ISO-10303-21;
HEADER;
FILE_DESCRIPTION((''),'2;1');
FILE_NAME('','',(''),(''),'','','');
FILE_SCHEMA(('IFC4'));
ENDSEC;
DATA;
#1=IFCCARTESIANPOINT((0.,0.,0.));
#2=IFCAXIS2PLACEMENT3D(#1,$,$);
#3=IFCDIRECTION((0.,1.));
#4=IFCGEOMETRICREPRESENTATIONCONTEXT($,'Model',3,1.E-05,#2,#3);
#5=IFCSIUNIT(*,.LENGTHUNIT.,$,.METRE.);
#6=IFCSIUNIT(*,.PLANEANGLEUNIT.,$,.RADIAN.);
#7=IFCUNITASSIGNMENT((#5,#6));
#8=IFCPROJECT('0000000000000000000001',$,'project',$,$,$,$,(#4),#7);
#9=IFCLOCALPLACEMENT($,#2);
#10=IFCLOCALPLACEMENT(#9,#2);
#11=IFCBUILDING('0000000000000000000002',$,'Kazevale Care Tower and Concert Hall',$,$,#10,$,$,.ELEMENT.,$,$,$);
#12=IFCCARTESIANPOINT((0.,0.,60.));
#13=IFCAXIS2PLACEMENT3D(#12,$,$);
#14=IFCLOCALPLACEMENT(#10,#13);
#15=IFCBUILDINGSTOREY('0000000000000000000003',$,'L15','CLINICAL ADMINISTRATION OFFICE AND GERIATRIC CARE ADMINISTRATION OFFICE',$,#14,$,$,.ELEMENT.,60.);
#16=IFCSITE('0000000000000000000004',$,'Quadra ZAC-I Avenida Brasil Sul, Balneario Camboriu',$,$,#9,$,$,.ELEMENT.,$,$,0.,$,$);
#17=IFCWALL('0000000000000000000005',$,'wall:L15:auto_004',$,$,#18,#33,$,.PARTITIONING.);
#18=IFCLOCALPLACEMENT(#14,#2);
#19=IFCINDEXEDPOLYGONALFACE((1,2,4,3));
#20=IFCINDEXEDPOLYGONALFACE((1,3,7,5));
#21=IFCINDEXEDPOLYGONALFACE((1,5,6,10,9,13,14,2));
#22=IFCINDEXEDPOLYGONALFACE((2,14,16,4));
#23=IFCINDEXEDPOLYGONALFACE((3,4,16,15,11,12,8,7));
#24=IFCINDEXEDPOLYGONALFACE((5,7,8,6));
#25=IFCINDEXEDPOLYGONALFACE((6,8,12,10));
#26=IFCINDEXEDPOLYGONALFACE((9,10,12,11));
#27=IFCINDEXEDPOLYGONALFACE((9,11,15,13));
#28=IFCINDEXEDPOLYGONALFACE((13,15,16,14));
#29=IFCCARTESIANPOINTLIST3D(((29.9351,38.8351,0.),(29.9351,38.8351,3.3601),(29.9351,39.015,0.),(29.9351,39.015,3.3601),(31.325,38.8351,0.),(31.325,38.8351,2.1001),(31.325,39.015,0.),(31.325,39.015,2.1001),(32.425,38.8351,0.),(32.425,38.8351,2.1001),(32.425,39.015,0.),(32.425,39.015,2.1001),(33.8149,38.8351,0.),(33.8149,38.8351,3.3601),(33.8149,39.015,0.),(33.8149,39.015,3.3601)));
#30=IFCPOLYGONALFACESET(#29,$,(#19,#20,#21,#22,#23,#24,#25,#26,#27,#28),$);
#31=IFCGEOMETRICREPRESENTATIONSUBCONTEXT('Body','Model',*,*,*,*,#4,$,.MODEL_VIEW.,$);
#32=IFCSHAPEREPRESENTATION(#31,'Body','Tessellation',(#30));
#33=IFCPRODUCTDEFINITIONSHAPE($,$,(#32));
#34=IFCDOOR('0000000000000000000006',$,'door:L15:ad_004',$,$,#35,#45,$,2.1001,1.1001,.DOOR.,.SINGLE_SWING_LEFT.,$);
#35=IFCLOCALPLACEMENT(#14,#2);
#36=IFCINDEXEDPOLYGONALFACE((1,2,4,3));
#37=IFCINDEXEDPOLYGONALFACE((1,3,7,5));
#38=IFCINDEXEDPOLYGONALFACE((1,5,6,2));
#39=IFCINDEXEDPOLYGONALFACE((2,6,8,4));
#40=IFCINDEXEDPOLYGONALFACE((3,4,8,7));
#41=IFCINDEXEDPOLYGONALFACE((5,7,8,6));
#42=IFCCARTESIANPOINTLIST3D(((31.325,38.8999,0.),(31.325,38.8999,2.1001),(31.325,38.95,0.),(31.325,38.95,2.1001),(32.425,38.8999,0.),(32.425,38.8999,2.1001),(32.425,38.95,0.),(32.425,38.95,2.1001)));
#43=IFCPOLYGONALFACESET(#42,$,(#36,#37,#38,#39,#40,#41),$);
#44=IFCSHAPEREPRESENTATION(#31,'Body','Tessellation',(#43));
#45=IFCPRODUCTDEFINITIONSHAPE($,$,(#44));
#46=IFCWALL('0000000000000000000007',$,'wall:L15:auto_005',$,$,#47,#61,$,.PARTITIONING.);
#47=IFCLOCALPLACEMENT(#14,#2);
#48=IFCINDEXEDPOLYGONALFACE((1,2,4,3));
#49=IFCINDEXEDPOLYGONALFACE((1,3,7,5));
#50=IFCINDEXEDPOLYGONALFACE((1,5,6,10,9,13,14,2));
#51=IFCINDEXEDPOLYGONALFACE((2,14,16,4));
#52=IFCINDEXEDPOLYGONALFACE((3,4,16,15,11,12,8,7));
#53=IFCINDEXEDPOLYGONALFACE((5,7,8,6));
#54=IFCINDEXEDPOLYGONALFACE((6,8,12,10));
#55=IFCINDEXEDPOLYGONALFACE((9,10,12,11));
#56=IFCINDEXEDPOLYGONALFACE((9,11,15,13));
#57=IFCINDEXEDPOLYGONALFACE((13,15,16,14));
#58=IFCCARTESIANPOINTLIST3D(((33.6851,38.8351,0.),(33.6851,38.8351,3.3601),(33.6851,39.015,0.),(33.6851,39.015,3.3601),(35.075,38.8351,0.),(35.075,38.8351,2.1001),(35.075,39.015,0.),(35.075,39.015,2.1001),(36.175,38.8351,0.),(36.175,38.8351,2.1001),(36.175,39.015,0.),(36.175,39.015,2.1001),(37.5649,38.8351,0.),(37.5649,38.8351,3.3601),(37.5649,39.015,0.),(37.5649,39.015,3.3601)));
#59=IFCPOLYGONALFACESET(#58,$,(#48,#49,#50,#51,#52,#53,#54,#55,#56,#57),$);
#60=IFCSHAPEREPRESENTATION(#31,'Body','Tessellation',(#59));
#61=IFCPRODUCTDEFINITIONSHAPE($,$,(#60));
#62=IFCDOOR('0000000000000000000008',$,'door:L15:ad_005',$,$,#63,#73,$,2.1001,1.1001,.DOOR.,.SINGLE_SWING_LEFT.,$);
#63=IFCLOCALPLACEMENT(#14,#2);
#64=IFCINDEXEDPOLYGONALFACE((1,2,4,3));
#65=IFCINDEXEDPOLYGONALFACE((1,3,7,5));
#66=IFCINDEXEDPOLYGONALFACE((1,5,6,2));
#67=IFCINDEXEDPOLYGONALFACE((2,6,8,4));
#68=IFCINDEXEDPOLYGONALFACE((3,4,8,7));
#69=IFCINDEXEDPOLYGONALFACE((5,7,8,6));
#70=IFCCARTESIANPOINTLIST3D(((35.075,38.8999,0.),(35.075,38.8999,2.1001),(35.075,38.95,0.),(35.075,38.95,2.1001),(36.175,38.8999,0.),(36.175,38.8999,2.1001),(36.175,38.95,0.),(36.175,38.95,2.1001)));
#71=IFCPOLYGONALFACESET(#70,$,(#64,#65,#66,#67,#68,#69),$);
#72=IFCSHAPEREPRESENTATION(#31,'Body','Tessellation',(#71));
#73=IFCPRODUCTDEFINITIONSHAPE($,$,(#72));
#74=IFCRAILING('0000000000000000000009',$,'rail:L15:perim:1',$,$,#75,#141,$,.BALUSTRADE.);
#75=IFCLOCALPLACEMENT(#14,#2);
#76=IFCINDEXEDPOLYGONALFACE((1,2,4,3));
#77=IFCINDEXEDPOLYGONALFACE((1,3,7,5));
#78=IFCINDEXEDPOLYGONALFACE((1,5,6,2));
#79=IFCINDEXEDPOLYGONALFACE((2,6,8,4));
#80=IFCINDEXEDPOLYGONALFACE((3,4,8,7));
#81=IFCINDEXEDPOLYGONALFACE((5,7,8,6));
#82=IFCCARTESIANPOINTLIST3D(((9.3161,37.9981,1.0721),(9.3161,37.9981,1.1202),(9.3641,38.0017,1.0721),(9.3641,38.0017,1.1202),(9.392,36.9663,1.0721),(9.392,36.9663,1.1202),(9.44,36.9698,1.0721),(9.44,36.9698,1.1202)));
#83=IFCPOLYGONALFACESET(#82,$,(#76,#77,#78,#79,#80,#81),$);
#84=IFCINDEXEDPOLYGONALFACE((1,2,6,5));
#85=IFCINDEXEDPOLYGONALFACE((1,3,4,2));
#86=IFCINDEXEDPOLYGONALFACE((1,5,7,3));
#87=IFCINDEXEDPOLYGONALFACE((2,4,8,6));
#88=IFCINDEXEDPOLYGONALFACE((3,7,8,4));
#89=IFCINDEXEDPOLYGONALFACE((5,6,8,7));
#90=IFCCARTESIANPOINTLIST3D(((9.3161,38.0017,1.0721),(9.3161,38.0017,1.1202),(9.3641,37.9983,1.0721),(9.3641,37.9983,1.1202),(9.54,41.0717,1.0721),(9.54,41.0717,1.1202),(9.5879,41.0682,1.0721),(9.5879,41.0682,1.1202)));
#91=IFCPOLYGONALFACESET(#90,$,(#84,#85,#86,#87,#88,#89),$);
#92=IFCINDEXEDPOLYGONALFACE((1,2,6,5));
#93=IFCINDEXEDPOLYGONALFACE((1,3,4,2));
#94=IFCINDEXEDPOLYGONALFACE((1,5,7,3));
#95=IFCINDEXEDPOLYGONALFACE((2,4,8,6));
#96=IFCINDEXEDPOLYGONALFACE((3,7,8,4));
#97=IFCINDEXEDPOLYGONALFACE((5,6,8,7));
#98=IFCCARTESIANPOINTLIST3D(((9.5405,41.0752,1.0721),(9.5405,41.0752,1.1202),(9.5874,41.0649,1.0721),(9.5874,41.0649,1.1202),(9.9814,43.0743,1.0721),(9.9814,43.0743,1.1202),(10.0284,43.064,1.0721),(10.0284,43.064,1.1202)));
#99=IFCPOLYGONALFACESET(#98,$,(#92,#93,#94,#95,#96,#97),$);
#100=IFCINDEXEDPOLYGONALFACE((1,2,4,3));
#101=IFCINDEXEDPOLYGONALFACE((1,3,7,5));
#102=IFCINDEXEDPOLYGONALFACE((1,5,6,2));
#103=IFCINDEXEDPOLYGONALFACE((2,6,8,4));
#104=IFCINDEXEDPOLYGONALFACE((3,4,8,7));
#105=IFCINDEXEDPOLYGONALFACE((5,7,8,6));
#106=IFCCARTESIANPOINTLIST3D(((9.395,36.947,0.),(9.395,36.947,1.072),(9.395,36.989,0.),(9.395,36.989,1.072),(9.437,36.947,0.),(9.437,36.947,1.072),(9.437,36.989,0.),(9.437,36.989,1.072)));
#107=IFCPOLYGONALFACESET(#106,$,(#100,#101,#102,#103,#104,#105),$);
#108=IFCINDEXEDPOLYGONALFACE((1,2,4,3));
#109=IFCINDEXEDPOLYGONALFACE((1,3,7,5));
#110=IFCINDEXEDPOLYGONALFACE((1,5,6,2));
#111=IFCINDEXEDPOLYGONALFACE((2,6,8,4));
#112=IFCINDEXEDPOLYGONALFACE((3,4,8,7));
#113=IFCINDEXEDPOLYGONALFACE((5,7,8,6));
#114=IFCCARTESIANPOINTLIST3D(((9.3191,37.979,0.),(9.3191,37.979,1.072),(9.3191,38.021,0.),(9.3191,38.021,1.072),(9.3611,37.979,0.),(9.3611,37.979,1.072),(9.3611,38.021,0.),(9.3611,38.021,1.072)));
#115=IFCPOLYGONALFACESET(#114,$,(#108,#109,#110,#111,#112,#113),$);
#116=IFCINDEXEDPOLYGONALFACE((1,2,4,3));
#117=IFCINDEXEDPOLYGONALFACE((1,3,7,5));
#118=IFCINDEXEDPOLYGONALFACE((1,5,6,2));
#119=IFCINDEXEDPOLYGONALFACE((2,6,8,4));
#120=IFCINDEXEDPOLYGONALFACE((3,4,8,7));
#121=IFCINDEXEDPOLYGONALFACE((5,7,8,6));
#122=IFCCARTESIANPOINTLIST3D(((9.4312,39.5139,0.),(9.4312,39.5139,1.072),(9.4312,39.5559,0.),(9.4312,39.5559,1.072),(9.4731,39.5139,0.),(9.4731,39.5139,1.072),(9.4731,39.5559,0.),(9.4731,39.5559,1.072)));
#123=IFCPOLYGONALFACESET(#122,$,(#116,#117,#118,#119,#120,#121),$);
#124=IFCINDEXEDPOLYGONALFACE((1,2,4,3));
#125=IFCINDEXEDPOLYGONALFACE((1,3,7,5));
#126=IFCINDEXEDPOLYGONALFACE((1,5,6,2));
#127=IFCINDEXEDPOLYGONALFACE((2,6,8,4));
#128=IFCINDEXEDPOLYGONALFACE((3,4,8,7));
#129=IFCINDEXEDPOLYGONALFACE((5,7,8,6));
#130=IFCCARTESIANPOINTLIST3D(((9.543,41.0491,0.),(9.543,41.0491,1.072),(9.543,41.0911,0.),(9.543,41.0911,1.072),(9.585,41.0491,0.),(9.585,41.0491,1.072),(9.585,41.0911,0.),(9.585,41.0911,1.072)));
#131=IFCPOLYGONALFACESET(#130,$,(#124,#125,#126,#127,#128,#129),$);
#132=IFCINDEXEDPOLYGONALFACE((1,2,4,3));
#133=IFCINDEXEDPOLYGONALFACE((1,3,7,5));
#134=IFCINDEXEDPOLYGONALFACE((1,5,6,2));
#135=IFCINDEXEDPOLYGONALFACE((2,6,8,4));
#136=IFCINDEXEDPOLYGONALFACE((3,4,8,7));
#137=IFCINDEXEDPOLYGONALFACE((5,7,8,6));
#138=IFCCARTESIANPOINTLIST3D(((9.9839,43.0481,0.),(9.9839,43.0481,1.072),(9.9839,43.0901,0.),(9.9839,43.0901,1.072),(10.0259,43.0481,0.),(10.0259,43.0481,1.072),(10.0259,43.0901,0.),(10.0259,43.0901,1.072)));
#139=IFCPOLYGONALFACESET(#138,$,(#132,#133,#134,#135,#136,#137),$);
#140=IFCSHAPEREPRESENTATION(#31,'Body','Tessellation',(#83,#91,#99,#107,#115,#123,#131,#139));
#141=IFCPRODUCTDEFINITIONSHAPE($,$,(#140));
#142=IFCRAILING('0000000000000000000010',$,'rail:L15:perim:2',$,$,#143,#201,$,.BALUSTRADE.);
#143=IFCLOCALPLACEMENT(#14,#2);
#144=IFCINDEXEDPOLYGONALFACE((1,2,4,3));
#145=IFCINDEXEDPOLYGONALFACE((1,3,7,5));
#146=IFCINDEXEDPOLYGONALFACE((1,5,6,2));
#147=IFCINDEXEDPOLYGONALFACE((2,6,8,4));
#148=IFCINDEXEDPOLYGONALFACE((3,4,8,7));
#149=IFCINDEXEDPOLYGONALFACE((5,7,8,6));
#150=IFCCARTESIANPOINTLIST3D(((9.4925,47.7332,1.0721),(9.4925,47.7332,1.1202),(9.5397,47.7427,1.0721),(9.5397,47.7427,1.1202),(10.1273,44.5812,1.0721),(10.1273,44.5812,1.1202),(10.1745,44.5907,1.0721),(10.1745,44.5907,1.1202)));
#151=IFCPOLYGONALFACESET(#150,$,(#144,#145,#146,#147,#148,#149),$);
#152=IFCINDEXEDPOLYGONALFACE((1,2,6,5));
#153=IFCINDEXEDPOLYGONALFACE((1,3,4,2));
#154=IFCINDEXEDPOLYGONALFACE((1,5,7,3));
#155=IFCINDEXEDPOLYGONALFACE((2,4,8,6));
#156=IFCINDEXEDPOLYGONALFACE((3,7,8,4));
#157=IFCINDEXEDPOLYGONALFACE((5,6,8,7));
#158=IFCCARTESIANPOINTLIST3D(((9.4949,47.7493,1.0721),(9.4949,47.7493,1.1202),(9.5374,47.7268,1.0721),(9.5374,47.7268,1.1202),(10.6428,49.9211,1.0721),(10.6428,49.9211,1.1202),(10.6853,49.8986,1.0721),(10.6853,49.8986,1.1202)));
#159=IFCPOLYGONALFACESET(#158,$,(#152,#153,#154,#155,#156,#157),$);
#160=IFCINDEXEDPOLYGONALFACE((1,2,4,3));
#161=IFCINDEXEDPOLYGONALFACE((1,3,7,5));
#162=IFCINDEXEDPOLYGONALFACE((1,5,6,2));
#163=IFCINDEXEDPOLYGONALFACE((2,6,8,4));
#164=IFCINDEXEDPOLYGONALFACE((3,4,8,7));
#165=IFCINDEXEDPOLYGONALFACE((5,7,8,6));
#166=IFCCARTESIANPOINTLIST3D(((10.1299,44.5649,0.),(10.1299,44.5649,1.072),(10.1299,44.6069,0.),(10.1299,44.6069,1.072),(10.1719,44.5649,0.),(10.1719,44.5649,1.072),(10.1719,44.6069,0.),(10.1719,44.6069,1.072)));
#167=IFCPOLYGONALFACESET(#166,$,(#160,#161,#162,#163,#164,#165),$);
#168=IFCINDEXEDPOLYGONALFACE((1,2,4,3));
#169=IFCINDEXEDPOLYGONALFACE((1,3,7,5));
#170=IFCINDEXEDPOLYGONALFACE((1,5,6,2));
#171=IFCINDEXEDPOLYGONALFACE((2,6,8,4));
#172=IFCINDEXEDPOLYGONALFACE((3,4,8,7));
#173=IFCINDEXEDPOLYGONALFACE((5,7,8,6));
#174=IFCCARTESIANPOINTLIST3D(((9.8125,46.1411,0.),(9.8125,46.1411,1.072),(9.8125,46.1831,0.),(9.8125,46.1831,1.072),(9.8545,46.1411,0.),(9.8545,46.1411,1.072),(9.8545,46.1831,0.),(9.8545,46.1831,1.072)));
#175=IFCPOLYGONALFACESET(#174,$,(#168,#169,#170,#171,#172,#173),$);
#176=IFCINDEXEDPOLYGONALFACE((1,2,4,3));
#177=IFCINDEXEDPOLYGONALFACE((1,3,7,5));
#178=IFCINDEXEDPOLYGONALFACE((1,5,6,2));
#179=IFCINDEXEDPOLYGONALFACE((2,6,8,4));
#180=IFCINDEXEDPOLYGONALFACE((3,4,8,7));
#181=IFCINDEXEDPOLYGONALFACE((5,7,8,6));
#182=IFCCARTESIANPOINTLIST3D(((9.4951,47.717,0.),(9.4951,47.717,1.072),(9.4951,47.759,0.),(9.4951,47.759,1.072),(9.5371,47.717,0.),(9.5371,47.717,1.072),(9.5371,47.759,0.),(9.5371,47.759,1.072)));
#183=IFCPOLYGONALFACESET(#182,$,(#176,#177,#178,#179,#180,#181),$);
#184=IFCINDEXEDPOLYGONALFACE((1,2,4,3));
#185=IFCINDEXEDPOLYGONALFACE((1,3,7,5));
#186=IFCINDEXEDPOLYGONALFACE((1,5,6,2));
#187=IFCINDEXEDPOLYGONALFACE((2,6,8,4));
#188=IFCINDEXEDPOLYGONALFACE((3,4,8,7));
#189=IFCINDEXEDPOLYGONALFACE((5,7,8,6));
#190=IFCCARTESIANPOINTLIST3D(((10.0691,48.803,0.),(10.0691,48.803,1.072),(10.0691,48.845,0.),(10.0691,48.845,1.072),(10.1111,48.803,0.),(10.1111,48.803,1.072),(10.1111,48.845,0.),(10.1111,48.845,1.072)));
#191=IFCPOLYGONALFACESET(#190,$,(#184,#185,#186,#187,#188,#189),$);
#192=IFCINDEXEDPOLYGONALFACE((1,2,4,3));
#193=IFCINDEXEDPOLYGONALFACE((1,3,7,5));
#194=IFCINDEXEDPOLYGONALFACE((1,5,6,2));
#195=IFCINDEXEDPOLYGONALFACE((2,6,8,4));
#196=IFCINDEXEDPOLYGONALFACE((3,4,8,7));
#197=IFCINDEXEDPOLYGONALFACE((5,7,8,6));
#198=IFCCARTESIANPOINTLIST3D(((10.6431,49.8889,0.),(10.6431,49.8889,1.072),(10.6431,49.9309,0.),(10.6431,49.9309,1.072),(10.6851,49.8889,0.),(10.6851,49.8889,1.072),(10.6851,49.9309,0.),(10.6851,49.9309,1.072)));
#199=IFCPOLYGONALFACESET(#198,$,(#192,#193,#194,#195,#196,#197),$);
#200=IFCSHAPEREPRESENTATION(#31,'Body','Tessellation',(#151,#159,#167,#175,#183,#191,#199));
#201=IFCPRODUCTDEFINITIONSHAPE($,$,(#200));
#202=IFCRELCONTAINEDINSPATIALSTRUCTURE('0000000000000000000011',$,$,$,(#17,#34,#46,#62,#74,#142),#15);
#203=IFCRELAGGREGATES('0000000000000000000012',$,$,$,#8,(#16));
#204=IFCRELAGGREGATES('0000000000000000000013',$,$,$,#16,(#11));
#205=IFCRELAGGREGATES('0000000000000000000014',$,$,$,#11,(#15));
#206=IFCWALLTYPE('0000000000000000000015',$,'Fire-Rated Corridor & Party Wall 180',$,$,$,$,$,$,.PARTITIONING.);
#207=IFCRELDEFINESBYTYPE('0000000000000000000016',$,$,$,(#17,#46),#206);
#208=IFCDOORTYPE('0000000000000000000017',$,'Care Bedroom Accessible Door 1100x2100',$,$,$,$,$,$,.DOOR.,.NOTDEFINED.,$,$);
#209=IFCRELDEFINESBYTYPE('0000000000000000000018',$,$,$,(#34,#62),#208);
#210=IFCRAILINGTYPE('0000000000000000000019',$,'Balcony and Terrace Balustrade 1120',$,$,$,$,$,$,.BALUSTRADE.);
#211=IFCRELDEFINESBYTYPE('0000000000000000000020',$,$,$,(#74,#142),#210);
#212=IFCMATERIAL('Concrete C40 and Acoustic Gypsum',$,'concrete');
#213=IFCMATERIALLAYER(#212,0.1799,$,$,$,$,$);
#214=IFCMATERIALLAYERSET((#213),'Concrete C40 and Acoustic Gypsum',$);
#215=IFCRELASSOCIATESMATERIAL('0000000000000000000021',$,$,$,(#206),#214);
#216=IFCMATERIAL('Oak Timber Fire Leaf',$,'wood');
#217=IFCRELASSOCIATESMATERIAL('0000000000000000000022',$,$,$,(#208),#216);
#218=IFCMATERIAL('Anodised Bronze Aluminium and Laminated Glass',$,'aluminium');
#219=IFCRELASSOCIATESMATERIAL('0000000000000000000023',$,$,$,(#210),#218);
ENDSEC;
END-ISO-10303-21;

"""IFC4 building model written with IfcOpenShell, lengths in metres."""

from ifc_helpers import new_model, si_unit, direction, frame, frame_2d, origin, origin_2d, place, context, subcontext, project, spatial, rectangle, extrude, material, layer, layer_set, type_object, element, fill, save


model = new_model("IFC4")

# Units and contexts
model_context = context("Model", 3, precision=1e-05, world=origin(), true_north=direction((0.0, 1.0)))
body_context = subcontext(model_context, "Body", "Model", "MODEL_VIEW")
ifc_project = project(units=[si_unit("LENGTHUNIT", "METRE"), si_unit("PLANEANGLEUNIT", "RADIAN")], contexts=[model_context])

# Site, building, storey
site_placement = place(None, origin())
site = spatial("IfcSite", under=ifc_project, at=site_placement, Name="Quadra ZAC-I Avenida Brasil Sul, Balneario Camboriu", CompositionType="ELEMENT", RefElevation=0.0)
building_placement = place(site_placement, origin())
building = spatial("IfcBuilding", under=site, at=building_placement, Name="Kazevale Care Tower and Concert Hall", CompositionType="ELEMENT")
storey_placement = place(building_placement, frame((0.0, 0.0, 60.0)))
storey = spatial("IfcBuildingStorey", under=building, at=storey_placement, Name="L15", Description="CLINICAL ADMINISTRATION OFFICE AND GERIATRIC CARE ADMINISTRATION OFFICE", CompositionType="ELEMENT", Elevation=60.0)

# Walls, openings, doors
ifc_material_1 = material(Name="Concrete C40 and Acoustic Gypsum", Category="concrete")
ifc_layer_1 = layer(ifc_material_1, 0.1799)
ifc_layer_set_1 = layer_set([ifc_layer_1], Name="Concrete C40 and Acoustic Gypsum")
wall_type = type_object("IfcWallType", Name="Fire-Rated Corridor & Party Wall 180", PredefinedType="PARTITIONING", material=ifc_layer_set_1)
ifc_material_2 = material(Name="Oak Timber Fire Leaf", Category="wood")
door_type = type_object("IfcDoorType", Name="Care Bedroom Accessible Door 1100x2100", OperationType="NOTDEFINED", PredefinedType="DOOR", material=ifc_material_2)
wall_1_placement = place(storey_placement, frame((29.9351, 38.925, 0.0), z_axis=(0.0, 0.0, 1.0), x_axis=(1.0, 0.0, 0.0)))
wall_1 = element("IfcWall", 1, at=wall_1_placement, inside=storey, type_object=wall_type, Name="wall:L15:auto_004", PredefinedType="PARTITIONING", context=body_context, shape_type="SweptSolid", body=[
    extrude(rectangle(XDim=3.8799, YDim=0.1799, at=frame_2d((1.9399, 0.0))), origin(), (0.0, 0.0, 1.0), 3.3601),
])
opening_1_placement = place(wall_1_placement, frame((1.3899, 0.0, 0.0)))
opening_1 = element("IfcOpeningElement", 2, at=opening_1_placement, cuts=wall_1, PredefinedType="OPENING", context=body_context, shape_type="SweptSolid", body=[
    extrude(rectangle(XDim=1.1001, YDim=2.1001, at=frame_2d((0.55, 1.05))), frame((0.0, 0.0999, 0.0), z_axis=(0.0, -1.0, 0.0), x_axis=(1.0, 0.0, 0.0)), (0.0, 0.0, 1.0), 0.2),
])
door_1_placement = place(opening_1_placement, origin())
door_1 = element("IfcDoor", 3, at=door_1_placement, inside=storey, type_object=door_type, Name="door:L15:ad_004", OperationType="SINGLE_SWING_LEFT", OverallHeight=2.1001, OverallWidth=1.1001, PredefinedType="DOOR", context=body_context, shape_type="SweptSolid", body=[
    extrude(rectangle(XDim=1.1001, YDim=2.1001, at=frame_2d((0.55, 1.05))), frame((0.0, 0.0249, 0.0), z_axis=(0.0, -1.0, 0.0), x_axis=(1.0, 0.0, 0.0)), (0.0, 0.0, 1.0), 0.05),
])
fill(opening_1, door_1)
wall_2_placement = place(storey_placement, frame((33.6851, 38.925, 0.0), z_axis=(0.0, 0.0, 1.0), x_axis=(1.0, 0.0, 0.0)))
wall_2 = element("IfcWall", 4, at=wall_2_placement, inside=storey, type_object=wall_type, Name="wall:L15:auto_005", PredefinedType="PARTITIONING", context=body_context, shape_type="SweptSolid", body=[
    extrude(rectangle(XDim=3.8799, YDim=0.1799, at=frame_2d((1.9399, 0.0))), origin(), (0.0, 0.0, 1.0), 3.3601),
])
opening_2_placement = place(wall_2_placement, frame((1.3899, 0.0, 0.0)))
opening_2 = element("IfcOpeningElement", 5, at=opening_2_placement, cuts=wall_2, PredefinedType="OPENING", context=body_context, shape_type="SweptSolid", body=[
    extrude(rectangle(XDim=1.1001, YDim=2.1001, at=frame_2d((0.55, 1.05))), frame((0.0, 0.0999, 0.0), z_axis=(0.0, -1.0, 0.0), x_axis=(1.0, 0.0, 0.0)), (0.0, 0.0, 1.0), 0.2),
])
door_2_placement = place(opening_2_placement, origin())
door_2 = element("IfcDoor", 6, at=door_2_placement, inside=storey, type_object=door_type, Name="door:L15:ad_005", OperationType="SINGLE_SWING_LEFT", OverallHeight=2.1001, OverallWidth=1.1001, PredefinedType="DOOR", context=body_context, shape_type="SweptSolid", body=[
    extrude(rectangle(XDim=1.1001, YDim=2.1001, at=frame_2d((0.55, 1.05))), frame((0.0, 0.0249, 0.0), z_axis=(0.0, -1.0, 0.0), x_axis=(1.0, 0.0, 0.0)), (0.0, 0.0, 1.0), 0.05),
])
fill(opening_2, door_2)

# Railings
ifc_material_3 = material(Name="Anodised Bronze Aluminium and Laminated Glass", Category="aluminium")
railing_type = type_object("IfcRailingType", Name="Balcony and Terrace Balustrade 1120", PredefinedType="BALUSTRADE", material=ifc_material_3)
railing_1_placement = place(storey_placement, frame((9.416, 36.968, 0.0)))
element("IfcRailing", 7, at=railing_1_placement, inside=storey, type_object=railing_type, Name="rail:L15:perim:1", PredefinedType="BALUSTRADE", context=body_context, shape_type="SweptSolid", body=[
    extrude(rectangle(XDim=0.0481, YDim=0.0481, at=origin_2d()), frame((0.0, 0.0, 1.0962), z_axis=(-0.073376, 0.997304, 0.0), x_axis=(-0.997304, -0.073376, 0.0)), (0.0, 0.0, 1.0), 1.0347),
    extrude(rectangle(XDim=0.0481, YDim=0.0481, at=origin_2d()), frame((-0.0759, 1.032, 1.0962), z_axis=(0.072729, 0.997352, 0.0), x_axis=(-0.997352, 0.072729, 0.0)), (0.0, 0.0, 1.0), 3.0781),
    extrude(rectangle(XDim=0.0481, YDim=0.0481, at=origin_2d()), frame((0.1479, 4.1021, 1.0962), z_axis=(0.21539, 0.976528, 0.0), x_axis=(-0.976528, 0.21539, 0.0)), (0.0, 0.0, 1.0), 2.0471),
    extrude(rectangle(XDim=0.042, YDim=0.042, at=origin_2d()), origin(), (0.0, 0.0, 1.0), 1.072),
    extrude(rectangle(XDim=0.042, YDim=0.042, at=origin_2d()), frame((-0.0759, 1.032, 0.0)), (0.0, 0.0, 1.0), 1.072),
    extrude(rectangle(XDim=0.042, YDim=0.042, at=origin_2d()), frame((0.0361, 2.5669, 0.0)), (0.0, 0.0, 1.0), 1.072),
    extrude(rectangle(XDim=0.042, YDim=0.042, at=origin_2d()), frame((0.1479, 4.1021, 0.0)), (0.0, 0.0, 1.0), 1.072),
    extrude(rectangle(XDim=0.042, YDim=0.042, at=origin_2d()), frame((0.5889, 6.1011, 0.0)), (0.0, 0.0, 1.0), 1.072),
])
railing_2_placement = place(storey_placement, frame((10.1509, 44.5859, 0.0)))
element("IfcRailing", 8, at=railing_2_placement, inside=storey, type_object=railing_type, Name="rail:L15:perim:2", PredefinedType="BALUSTRADE", context=body_context, shape_type="SweptSolid", body=[
    extrude(rectangle(XDim=0.0481, YDim=0.0481, at=origin_2d()), frame((0.0, 0.0, 1.0962), z_axis=(-0.197416, 0.98032, 0.0), x_axis=(-0.98032, -0.197416, 0.0)), (0.0, 0.0, 1.0), 3.2153),
    extrude(rectangle(XDim=0.0481, YDim=0.0481, at=origin_2d()), frame((-0.6348, 3.1521, 1.0962), z_axis=(0.467294, 0.884102, 0.0), x_axis=(-0.884102, 0.467294, 0.0)), (0.0, 0.0, 1.0), 2.4565),
    extrude(rectangle(XDim=0.042, YDim=0.042, at=origin_2d()), origin(), (0.0, 0.0, 1.0), 1.072),
    extrude(rectangle(XDim=0.042, YDim=0.042, at=origin_2d()), frame((-0.3174, 1.5762, 0.0)), (0.0, 0.0, 1.0), 1.072),
    extrude(rectangle(XDim=0.042, YDim=0.042, at=origin_2d()), frame((-0.6348, 3.1521, 0.0)), (0.0, 0.0, 1.0), 1.072),
    extrude(rectangle(XDim=0.042, YDim=0.042, at=origin_2d()), frame((-0.0608, 4.238, 0.0)), (0.0, 0.0, 1.0), 1.072),
    extrude(rectangle(XDim=0.042, YDim=0.042, at=origin_2d()), frame((0.5132, 5.324, 0.0)), (0.0, 0.0, 1.0), 1.072),
])

save(model, "model.ifc")
